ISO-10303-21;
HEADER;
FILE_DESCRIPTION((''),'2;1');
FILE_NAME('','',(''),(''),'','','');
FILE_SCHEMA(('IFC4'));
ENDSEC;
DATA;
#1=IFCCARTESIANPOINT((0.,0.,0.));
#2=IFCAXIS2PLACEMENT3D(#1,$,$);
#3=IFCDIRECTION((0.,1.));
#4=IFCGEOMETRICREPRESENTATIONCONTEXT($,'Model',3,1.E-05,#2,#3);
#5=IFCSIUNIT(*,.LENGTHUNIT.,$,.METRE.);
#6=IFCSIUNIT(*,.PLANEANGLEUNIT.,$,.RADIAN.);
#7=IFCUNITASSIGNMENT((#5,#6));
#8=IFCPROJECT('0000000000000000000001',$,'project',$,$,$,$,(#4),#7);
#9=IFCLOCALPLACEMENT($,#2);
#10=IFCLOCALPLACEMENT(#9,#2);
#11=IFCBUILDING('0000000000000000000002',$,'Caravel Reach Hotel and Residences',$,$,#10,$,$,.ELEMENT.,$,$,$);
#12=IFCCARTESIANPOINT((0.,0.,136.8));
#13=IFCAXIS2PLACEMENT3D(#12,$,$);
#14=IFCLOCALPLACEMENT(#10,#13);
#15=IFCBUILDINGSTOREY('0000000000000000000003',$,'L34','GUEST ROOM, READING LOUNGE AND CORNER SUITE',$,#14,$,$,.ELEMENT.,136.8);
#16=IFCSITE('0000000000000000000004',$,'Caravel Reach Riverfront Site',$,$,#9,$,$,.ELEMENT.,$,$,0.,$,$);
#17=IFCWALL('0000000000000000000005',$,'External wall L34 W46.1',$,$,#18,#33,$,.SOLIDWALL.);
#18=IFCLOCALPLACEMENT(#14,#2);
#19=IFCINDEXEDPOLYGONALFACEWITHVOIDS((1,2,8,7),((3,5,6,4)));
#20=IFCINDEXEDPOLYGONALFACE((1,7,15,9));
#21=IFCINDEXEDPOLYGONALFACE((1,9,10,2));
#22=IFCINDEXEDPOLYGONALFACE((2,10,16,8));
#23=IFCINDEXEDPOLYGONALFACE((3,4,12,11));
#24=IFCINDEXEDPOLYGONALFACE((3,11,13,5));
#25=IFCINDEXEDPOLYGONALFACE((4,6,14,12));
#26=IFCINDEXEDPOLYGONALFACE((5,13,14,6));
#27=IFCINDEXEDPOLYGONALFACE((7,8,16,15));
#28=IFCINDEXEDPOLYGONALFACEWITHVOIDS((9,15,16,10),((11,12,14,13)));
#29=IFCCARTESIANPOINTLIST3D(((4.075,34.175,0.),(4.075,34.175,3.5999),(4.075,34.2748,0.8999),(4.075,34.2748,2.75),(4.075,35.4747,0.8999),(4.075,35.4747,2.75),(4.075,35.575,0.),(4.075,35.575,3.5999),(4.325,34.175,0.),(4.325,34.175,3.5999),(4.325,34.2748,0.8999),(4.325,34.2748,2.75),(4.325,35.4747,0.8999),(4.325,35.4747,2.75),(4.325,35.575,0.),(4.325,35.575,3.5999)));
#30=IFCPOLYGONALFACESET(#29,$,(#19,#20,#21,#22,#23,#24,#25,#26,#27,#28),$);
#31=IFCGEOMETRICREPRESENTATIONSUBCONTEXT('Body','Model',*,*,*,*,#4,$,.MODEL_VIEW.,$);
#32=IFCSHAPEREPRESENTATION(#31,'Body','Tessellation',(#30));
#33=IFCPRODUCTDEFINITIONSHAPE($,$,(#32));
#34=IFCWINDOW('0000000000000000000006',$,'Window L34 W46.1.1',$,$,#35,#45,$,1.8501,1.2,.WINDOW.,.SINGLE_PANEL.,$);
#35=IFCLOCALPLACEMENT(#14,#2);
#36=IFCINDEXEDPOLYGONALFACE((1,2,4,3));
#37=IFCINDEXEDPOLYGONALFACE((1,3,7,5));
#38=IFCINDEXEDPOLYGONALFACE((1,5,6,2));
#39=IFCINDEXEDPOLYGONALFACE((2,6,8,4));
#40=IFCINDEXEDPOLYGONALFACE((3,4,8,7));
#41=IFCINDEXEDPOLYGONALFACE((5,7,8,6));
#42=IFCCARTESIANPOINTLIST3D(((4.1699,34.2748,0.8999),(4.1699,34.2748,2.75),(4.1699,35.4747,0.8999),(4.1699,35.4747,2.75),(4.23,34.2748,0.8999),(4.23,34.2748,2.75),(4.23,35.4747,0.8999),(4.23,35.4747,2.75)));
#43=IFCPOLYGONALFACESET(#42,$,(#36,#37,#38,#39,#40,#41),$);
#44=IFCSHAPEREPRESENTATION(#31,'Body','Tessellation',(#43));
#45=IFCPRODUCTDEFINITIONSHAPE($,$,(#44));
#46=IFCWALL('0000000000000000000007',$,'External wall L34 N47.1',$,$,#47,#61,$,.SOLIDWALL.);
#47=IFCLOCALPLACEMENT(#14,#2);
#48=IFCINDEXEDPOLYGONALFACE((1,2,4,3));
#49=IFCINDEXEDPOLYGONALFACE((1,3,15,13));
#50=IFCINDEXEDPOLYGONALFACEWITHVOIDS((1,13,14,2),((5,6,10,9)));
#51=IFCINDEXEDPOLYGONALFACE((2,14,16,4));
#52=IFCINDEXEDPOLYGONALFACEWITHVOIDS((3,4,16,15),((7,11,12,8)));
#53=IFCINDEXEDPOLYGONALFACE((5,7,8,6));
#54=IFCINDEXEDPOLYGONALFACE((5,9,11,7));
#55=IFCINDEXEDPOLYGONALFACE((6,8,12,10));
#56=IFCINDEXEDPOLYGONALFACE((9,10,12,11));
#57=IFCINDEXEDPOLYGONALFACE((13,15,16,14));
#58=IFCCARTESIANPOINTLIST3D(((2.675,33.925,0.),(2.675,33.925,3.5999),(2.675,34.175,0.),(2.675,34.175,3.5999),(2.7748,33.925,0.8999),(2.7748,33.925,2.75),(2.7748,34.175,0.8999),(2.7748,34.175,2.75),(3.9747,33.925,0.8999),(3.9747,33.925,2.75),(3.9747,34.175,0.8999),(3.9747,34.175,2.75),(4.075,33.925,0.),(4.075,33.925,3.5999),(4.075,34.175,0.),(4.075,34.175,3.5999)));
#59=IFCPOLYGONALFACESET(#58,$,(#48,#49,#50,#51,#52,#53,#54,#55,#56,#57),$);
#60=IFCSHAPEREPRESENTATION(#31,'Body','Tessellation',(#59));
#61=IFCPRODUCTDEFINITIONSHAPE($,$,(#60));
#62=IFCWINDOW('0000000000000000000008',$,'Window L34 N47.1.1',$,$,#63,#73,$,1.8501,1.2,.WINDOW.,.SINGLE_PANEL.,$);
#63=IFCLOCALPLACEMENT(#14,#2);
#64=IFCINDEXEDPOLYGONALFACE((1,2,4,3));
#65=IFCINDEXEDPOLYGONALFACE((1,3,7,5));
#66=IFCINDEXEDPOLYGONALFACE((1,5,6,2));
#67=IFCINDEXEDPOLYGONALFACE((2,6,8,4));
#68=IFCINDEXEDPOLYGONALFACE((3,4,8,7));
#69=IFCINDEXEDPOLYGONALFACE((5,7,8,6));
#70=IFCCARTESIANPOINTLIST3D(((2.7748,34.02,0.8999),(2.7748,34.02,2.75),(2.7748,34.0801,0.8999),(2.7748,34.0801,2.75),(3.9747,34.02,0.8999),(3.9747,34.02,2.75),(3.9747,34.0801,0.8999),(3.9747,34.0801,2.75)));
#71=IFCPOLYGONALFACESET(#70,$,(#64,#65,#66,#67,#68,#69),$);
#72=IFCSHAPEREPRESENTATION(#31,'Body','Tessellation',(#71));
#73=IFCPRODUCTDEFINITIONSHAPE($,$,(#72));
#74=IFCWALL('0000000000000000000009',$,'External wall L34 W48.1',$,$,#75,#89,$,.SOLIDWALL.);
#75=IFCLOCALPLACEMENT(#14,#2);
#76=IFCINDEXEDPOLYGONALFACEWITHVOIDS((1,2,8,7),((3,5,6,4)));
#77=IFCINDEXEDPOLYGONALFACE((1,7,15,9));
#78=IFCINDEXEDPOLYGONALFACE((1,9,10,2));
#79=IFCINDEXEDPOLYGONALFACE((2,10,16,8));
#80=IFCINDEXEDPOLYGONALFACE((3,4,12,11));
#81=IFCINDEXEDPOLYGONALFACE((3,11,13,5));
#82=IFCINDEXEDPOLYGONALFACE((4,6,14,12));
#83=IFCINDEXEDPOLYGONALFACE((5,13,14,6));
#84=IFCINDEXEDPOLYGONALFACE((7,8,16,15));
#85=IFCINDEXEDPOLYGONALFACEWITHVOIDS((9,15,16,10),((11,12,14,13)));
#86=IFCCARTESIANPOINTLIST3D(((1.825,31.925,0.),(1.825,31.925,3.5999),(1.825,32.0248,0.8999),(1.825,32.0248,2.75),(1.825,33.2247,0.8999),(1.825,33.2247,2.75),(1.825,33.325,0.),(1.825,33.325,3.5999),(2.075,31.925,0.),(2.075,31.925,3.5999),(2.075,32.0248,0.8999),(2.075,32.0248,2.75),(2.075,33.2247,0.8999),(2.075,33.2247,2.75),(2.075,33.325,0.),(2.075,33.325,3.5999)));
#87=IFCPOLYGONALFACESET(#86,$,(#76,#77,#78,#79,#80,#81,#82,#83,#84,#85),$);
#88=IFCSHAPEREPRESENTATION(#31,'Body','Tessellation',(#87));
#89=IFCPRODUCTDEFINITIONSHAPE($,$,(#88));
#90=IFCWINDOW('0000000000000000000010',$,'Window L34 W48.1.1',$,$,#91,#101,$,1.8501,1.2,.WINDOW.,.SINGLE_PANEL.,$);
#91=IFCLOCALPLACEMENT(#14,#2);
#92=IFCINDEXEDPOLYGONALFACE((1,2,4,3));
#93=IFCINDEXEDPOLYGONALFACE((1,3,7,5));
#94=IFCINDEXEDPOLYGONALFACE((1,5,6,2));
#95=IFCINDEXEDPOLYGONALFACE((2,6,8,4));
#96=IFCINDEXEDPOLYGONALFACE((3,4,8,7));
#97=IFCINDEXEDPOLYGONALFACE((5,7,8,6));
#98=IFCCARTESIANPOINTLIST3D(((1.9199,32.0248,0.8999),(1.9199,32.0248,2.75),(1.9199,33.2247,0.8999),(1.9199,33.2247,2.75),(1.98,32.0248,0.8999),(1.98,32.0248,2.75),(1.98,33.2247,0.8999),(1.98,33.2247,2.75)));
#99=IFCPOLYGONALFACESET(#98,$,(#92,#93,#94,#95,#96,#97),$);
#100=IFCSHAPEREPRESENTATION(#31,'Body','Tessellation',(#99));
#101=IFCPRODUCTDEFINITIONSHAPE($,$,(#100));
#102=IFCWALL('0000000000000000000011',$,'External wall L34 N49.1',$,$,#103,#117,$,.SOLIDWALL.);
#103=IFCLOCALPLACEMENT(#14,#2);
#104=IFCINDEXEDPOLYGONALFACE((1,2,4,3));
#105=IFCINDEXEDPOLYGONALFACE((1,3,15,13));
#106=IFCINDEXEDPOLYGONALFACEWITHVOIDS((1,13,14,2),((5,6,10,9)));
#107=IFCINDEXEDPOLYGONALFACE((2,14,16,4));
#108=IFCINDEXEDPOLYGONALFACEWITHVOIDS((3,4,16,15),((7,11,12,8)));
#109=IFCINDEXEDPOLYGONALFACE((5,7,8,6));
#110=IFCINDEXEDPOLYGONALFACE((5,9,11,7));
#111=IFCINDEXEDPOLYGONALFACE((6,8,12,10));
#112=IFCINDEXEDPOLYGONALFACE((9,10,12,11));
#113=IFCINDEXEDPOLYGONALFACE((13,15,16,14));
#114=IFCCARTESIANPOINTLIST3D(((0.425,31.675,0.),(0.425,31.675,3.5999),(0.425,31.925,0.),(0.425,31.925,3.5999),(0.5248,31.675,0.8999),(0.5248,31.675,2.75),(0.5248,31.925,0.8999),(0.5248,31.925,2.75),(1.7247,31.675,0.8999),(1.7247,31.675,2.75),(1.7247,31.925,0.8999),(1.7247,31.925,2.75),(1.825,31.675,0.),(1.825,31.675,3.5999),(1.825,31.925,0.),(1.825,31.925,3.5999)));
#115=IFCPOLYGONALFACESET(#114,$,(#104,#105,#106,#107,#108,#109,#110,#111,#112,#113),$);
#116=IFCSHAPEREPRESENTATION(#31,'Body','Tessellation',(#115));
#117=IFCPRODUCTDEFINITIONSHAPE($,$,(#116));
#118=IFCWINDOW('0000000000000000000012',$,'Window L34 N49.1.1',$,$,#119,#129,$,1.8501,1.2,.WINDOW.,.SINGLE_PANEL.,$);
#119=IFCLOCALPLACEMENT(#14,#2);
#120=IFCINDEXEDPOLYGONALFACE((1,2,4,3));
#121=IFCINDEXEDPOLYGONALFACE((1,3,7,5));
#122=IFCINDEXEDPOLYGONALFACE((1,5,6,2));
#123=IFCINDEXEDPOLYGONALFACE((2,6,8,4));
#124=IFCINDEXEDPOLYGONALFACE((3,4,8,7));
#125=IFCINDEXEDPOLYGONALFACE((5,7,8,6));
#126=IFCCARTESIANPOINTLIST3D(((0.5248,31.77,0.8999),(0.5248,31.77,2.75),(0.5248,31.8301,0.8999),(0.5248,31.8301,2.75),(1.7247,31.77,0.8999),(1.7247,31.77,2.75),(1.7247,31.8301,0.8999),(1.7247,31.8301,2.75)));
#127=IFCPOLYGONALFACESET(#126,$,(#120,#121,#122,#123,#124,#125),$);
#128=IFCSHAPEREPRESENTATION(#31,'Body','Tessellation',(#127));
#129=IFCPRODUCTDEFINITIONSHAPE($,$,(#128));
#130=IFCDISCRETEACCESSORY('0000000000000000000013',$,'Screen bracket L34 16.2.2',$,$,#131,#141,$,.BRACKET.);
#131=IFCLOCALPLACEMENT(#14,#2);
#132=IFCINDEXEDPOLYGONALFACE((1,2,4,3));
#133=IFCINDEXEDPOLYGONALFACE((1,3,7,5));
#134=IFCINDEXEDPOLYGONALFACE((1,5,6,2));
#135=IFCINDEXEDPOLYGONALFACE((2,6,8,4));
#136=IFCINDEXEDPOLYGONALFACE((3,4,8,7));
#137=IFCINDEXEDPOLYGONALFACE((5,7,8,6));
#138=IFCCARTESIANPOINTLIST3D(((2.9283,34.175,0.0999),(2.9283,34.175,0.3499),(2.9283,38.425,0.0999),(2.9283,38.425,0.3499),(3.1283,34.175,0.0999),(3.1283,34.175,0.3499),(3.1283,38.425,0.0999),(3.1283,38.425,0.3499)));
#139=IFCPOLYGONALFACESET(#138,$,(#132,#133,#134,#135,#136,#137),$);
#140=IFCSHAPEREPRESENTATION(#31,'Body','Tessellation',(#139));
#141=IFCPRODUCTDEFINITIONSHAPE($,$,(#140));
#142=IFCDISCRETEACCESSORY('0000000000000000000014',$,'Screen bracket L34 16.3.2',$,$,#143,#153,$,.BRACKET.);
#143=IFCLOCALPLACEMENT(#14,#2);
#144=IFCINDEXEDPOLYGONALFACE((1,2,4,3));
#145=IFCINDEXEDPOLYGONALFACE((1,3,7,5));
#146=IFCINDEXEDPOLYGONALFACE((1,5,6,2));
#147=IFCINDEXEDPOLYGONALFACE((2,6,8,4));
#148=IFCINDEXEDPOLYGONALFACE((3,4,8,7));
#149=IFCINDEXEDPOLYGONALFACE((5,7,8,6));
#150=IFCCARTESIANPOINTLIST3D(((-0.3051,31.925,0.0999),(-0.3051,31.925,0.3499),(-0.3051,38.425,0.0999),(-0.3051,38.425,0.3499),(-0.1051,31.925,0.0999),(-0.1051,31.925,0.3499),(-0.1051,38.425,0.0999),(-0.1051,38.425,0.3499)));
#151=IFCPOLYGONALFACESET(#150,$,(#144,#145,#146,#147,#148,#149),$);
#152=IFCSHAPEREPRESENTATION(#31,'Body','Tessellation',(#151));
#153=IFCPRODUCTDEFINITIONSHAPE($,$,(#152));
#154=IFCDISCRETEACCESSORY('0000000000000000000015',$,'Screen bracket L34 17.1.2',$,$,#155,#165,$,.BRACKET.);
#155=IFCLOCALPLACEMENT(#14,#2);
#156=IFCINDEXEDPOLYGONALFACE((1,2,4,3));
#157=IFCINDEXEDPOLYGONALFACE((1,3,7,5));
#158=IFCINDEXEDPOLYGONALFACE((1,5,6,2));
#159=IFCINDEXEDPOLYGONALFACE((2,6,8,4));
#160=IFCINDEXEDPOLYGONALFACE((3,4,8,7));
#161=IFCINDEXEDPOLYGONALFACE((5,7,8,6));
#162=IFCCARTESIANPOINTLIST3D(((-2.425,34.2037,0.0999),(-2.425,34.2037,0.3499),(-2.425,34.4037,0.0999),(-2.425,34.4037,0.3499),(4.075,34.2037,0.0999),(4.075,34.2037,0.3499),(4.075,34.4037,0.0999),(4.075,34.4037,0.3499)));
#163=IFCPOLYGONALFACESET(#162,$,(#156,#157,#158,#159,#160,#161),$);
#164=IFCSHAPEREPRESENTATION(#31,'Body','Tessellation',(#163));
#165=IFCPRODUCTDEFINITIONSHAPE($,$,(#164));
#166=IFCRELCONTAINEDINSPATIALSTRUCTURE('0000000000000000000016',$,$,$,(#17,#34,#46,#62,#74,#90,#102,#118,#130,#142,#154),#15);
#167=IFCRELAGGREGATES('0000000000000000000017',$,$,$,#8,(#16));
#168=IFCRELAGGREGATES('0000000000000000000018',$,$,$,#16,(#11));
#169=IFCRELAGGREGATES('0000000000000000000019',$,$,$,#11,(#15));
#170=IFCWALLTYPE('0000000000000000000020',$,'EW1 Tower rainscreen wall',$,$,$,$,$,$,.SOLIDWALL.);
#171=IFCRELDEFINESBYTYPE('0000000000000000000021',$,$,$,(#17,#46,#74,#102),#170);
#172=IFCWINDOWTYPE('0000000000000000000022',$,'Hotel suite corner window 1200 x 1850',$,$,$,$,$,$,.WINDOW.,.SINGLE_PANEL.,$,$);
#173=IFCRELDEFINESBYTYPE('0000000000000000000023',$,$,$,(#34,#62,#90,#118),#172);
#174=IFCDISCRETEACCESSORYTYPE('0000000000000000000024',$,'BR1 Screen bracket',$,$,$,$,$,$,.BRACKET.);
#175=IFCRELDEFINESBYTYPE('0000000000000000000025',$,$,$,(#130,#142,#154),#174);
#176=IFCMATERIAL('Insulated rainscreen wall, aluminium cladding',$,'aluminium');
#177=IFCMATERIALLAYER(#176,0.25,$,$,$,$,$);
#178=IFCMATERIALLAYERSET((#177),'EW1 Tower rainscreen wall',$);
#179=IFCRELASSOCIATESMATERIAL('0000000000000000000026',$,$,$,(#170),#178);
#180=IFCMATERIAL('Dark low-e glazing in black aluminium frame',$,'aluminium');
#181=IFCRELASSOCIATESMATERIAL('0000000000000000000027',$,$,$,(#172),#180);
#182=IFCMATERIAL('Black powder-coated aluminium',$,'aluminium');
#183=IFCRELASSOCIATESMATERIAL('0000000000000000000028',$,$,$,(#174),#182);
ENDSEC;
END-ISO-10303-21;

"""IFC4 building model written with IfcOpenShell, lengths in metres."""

from ifc_helpers import new_model, si_unit, direction, frame, frame_2d, origin, origin_2d, place, context, subcontext, project, spatial, rectangle, extrude, material, layer, layer_set, type_object, element, fill, save


model = new_model("IFC4")

# Units and contexts
model_context = context("Model", 3, precision=1e-05, world=origin(), true_north=direction((0.0, 1.0)))
body_context = subcontext(model_context, "Body", "Model", "MODEL_VIEW")
ifc_project = project(units=[si_unit("LENGTHUNIT", "METRE"), si_unit("PLANEANGLEUNIT", "RADIAN")], contexts=[model_context])

# Site, building, storey
site_placement = place(None, origin())
site = spatial("IfcSite", under=ifc_project, at=site_placement, Name="Caravel Reach Riverfront Site", CompositionType="ELEMENT", RefElevation=0.0)
building_placement = place(site_placement, origin())
building = spatial("IfcBuilding", under=site, at=building_placement, Name="Caravel Reach Hotel and Residences", CompositionType="ELEMENT")
storey_placement = place(building_placement, frame((0.0, 0.0, 136.8)))
storey = spatial("IfcBuildingStorey", under=building, at=storey_placement, Name="L34", Description="GUEST ROOM, READING LOUNGE AND CORNER SUITE", CompositionType="ELEMENT", Elevation=136.8)

# Walls, openings, windows
ifc_material_1 = material(Name="Insulated rainscreen wall, aluminium cladding", Category="aluminium")
ifc_layer = layer(ifc_material_1, 0.25)
ifc_layer_set = layer_set([ifc_layer], Name="EW1 Tower rainscreen wall")
wall_type = type_object("IfcWallType", Name="EW1 Tower rainscreen wall", PredefinedType="SOLIDWALL", material=ifc_layer_set)
wall_1_placement = place(storey_placement, frame((4.2, 35.575, 0.0), z_axis=(0.0, 0.0, 1.0), x_axis=(0.0, -1.0, 0.0)))
wall_1 = element("IfcWall", 1, at=wall_1_placement, inside=storey, type_object=wall_type, Name="External wall L34 W46.1", PredefinedType="SOLIDWALL", context=body_context, shape_type="SweptSolid", body=[
    extrude(rectangle(XDim=1.3999, YDim=0.25, at=frame_2d((0.7, 0.0))), origin(), (0.0, 0.0, 1.0), 3.5999),
])
opening_1_placement = place(wall_1_placement, frame((0.1001, 0.0, 0.8999)))
opening_1 = element("IfcOpeningElement", 2, at=opening_1_placement, cuts=wall_1, PredefinedType="OPENING", context=body_context, shape_type="SweptSolid", body=[
    extrude(rectangle(XDim=1.2, YDim=1.8501, at=frame_2d((0.6001, 0.925))), frame((0.0, 0.135, 0.0), z_axis=(0.0, -1.0, 0.0), x_axis=(1.0, 0.0, 0.0)), (0.0, 0.0, 1.0), 0.27),
])
ifc_material_2 = material(Name="Dark low-e glazing in black aluminium frame", Category="aluminium")
window_type = type_object("IfcWindowType", Name="Hotel suite corner window 1200 x 1850", PartitioningType="SINGLE_PANEL", PredefinedType="WINDOW", material=ifc_material_2)
window_1_placement = place(opening_1_placement, origin())
window_1 = element("IfcWindow", 3, at=window_1_placement, inside=storey, type_object=window_type, Name="Window L34 W46.1.1", OverallHeight=1.8501, OverallWidth=1.2, PartitioningType="SINGLE_PANEL", PredefinedType="WINDOW", context=body_context, shape_type="SweptSolid", body=[
    extrude(rectangle(XDim=1.2, YDim=1.8501, at=frame_2d((0.6001, 0.925))), frame((0.0, 0.03, 0.0), z_axis=(0.0, -1.0, 0.0), x_axis=(1.0, 0.0, 0.0)), (0.0, 0.0, 1.0), 0.0601),
])
fill(opening_1, window_1)
wall_2_placement = place(storey_placement, frame((4.075, 34.05, 0.0), z_axis=(0.0, 0.0, 1.0), x_axis=(-1.0, 0.0, 0.0)))
wall_2 = element("IfcWall", 4, at=wall_2_placement, inside=storey, type_object=wall_type, Name="External wall L34 N47.1", PredefinedType="SOLIDWALL", context=body_context, shape_type="SweptSolid", body=[
    extrude(rectangle(XDim=1.3999, YDim=0.25, at=frame_2d((0.7, 0.0))), origin(), (0.0, 0.0, 1.0), 3.5999),
])
opening_2_placement = place(wall_2_placement, frame((0.1001, 0.0, 0.8999)))
opening_2 = element("IfcOpeningElement", 5, at=opening_2_placement, cuts=wall_2, PredefinedType="OPENING", context=body_context, shape_type="SweptSolid", body=[
    extrude(rectangle(XDim=1.2, YDim=1.8501, at=frame_2d((0.6001, 0.925))), frame((0.0, 0.135, 0.0), z_axis=(0.0, -1.0, 0.0), x_axis=(1.0, 0.0, 0.0)), (0.0, 0.0, 1.0), 0.27),
])
window_2_placement = place(opening_2_placement, origin())
window_2 = element("IfcWindow", 6, at=window_2_placement, inside=storey, type_object=window_type, Name="Window L34 N47.1.1", OverallHeight=1.8501, OverallWidth=1.2, PartitioningType="SINGLE_PANEL", PredefinedType="WINDOW", context=body_context, shape_type="SweptSolid", body=[
    extrude(rectangle(XDim=1.2, YDim=1.8501, at=frame_2d((0.6001, 0.925))), frame((0.0, 0.03, 0.0), z_axis=(0.0, -1.0, 0.0), x_axis=(1.0, 0.0, 0.0)), (0.0, 0.0, 1.0), 0.0601),
])
fill(opening_2, window_2)
wall_3_placement = place(storey_placement, frame((1.95, 33.325, 0.0), z_axis=(0.0, 0.0, 1.0), x_axis=(0.0, -1.0, 0.0)))
wall_3 = element("IfcWall", 7, at=wall_3_placement, inside=storey, type_object=wall_type, Name="External wall L34 W48.1", PredefinedType="SOLIDWALL", context=body_context, shape_type="SweptSolid", body=[
    extrude(rectangle(XDim=1.3999, YDim=0.25, at=frame_2d((0.7, 0.0))), origin(), (0.0, 0.0, 1.0), 3.5999),
])
opening_3_placement = place(wall_3_placement, frame((0.1001, 0.0, 0.8999)))
opening_3 = element("IfcOpeningElement", 8, at=opening_3_placement, cuts=wall_3, PredefinedType="OPENING", context=body_context, shape_type="SweptSolid", body=[
    extrude(rectangle(XDim=1.2, YDim=1.8501, at=frame_2d((0.6001, 0.925))), frame((0.0, 0.135, 0.0), z_axis=(0.0, -1.0, 0.0), x_axis=(1.0, 0.0, 0.0)), (0.0, 0.0, 1.0), 0.27),
])
window_3_placement = place(opening_3_placement, origin())
window_3 = element("IfcWindow", 9, at=window_3_placement, inside=storey, type_object=window_type, Name="Window L34 W48.1.1", OverallHeight=1.8501, OverallWidth=1.2, PartitioningType="SINGLE_PANEL", PredefinedType="WINDOW", context=body_context, shape_type="SweptSolid", body=[
    extrude(rectangle(XDim=1.2, YDim=1.8501, at=frame_2d((0.6001, 0.925))), frame((0.0, 0.03, 0.0), z_axis=(0.0, -1.0, 0.0), x_axis=(1.0, 0.0, 0.0)), (0.0, 0.0, 1.0), 0.0601),
])
fill(opening_3, window_3)
wall_4_placement = place(storey_placement, frame((1.825, 31.8, 0.0), z_axis=(0.0, 0.0, 1.0), x_axis=(-1.0, 0.0, 0.0)))
wall_4 = element("IfcWall", 10, at=wall_4_placement, inside=storey, type_object=wall_type, Name="External wall L34 N49.1", PredefinedType="SOLIDWALL", context=body_context, shape_type="SweptSolid", body=[
    extrude(rectangle(XDim=1.3999, YDim=0.25, at=frame_2d((0.7, 0.0))), origin(), (0.0, 0.0, 1.0), 3.5999),
])
opening_4_placement = place(wall_4_placement, frame((0.1001, 0.0, 0.8999)))
opening_4 = element("IfcOpeningElement", 11, at=opening_4_placement, cuts=wall_4, PredefinedType="OPENING", context=body_context, shape_type="SweptSolid", body=[
    extrude(rectangle(XDim=1.2, YDim=1.8501, at=frame_2d((0.6001, 0.925))), frame((0.0, 0.135, 0.0), z_axis=(0.0, -1.0, 0.0), x_axis=(1.0, 0.0, 0.0)), (0.0, 0.0, 1.0), 0.27),
])
window_4_placement = place(opening_4_placement, origin())
window_4 = element("IfcWindow", 12, at=window_4_placement, inside=storey, type_object=window_type, Name="Window L34 N49.1.1", OverallHeight=1.8501, OverallWidth=1.2, PartitioningType="SINGLE_PANEL", PredefinedType="WINDOW", context=body_context, shape_type="SweptSolid", body=[
    extrude(rectangle(XDim=1.2, YDim=1.8501, at=frame_2d((0.6001, 0.925))), frame((0.0, 0.03, 0.0), z_axis=(0.0, -1.0, 0.0), x_axis=(1.0, 0.0, 0.0)), (0.0, 0.0, 1.0), 0.0601),
])
fill(opening_4, window_4)

# Discrete accessories
ifc_material_3 = material(Name="Black powder-coated aluminium", Category="aluminium")
discrete_accessory_type = type_object("IfcDiscreteAccessoryType", Name="BR1 Screen bracket", PredefinedType="BRACKET", material=ifc_material_3)
discrete_accessory_placement = place(storey_placement, frame((3.0283, 36.3, 0.0999), z_axis=(0.0, 0.0, 1.0), x_axis=(0.0, 1.0, 0.0)))
element("IfcDiscreteAccessory", 13, at=discrete_accessory_placement, inside=storey, type_object=discrete_accessory_type, Name="Screen bracket L34 16.2.2", PredefinedType="BRACKET", context=body_context, shape_type="SweptSolid", body=[
    extrude(rectangle(XDim=4.25, YDim=0.2, at=origin_2d()), origin(), (0.0, 0.0, 1.0), 0.25),
])
for number, where, z_axis, x_axis, name in (
    (14, (-0.2051, 35.175, 0.0999), (0.0, 0.0, 1.0), (0.0, 1.0, 0.0), "Screen bracket L34 16.3.2"),
    (15, (0.825, 34.3037, 0.0999), (0.0, 0.0, 1.0), (-1.0, 0.0, 0.0), "Screen bracket L34 17.1.2"),
):
    element("IfcDiscreteAccessory", number, at=place(storey_placement, frame(where, z_axis=z_axis, x_axis=x_axis)), inside=storey, type_object=discrete_accessory_type, Name=name, PredefinedType="BRACKET", context=body_context, shape_type="SweptSolid", body=[
        extrude(rectangle(XDim=6.5, YDim=0.2, at=origin_2d()), origin(), (0.0, 0.0, 1.0), 0.25),
    ])

save(model, "model.ifc")
